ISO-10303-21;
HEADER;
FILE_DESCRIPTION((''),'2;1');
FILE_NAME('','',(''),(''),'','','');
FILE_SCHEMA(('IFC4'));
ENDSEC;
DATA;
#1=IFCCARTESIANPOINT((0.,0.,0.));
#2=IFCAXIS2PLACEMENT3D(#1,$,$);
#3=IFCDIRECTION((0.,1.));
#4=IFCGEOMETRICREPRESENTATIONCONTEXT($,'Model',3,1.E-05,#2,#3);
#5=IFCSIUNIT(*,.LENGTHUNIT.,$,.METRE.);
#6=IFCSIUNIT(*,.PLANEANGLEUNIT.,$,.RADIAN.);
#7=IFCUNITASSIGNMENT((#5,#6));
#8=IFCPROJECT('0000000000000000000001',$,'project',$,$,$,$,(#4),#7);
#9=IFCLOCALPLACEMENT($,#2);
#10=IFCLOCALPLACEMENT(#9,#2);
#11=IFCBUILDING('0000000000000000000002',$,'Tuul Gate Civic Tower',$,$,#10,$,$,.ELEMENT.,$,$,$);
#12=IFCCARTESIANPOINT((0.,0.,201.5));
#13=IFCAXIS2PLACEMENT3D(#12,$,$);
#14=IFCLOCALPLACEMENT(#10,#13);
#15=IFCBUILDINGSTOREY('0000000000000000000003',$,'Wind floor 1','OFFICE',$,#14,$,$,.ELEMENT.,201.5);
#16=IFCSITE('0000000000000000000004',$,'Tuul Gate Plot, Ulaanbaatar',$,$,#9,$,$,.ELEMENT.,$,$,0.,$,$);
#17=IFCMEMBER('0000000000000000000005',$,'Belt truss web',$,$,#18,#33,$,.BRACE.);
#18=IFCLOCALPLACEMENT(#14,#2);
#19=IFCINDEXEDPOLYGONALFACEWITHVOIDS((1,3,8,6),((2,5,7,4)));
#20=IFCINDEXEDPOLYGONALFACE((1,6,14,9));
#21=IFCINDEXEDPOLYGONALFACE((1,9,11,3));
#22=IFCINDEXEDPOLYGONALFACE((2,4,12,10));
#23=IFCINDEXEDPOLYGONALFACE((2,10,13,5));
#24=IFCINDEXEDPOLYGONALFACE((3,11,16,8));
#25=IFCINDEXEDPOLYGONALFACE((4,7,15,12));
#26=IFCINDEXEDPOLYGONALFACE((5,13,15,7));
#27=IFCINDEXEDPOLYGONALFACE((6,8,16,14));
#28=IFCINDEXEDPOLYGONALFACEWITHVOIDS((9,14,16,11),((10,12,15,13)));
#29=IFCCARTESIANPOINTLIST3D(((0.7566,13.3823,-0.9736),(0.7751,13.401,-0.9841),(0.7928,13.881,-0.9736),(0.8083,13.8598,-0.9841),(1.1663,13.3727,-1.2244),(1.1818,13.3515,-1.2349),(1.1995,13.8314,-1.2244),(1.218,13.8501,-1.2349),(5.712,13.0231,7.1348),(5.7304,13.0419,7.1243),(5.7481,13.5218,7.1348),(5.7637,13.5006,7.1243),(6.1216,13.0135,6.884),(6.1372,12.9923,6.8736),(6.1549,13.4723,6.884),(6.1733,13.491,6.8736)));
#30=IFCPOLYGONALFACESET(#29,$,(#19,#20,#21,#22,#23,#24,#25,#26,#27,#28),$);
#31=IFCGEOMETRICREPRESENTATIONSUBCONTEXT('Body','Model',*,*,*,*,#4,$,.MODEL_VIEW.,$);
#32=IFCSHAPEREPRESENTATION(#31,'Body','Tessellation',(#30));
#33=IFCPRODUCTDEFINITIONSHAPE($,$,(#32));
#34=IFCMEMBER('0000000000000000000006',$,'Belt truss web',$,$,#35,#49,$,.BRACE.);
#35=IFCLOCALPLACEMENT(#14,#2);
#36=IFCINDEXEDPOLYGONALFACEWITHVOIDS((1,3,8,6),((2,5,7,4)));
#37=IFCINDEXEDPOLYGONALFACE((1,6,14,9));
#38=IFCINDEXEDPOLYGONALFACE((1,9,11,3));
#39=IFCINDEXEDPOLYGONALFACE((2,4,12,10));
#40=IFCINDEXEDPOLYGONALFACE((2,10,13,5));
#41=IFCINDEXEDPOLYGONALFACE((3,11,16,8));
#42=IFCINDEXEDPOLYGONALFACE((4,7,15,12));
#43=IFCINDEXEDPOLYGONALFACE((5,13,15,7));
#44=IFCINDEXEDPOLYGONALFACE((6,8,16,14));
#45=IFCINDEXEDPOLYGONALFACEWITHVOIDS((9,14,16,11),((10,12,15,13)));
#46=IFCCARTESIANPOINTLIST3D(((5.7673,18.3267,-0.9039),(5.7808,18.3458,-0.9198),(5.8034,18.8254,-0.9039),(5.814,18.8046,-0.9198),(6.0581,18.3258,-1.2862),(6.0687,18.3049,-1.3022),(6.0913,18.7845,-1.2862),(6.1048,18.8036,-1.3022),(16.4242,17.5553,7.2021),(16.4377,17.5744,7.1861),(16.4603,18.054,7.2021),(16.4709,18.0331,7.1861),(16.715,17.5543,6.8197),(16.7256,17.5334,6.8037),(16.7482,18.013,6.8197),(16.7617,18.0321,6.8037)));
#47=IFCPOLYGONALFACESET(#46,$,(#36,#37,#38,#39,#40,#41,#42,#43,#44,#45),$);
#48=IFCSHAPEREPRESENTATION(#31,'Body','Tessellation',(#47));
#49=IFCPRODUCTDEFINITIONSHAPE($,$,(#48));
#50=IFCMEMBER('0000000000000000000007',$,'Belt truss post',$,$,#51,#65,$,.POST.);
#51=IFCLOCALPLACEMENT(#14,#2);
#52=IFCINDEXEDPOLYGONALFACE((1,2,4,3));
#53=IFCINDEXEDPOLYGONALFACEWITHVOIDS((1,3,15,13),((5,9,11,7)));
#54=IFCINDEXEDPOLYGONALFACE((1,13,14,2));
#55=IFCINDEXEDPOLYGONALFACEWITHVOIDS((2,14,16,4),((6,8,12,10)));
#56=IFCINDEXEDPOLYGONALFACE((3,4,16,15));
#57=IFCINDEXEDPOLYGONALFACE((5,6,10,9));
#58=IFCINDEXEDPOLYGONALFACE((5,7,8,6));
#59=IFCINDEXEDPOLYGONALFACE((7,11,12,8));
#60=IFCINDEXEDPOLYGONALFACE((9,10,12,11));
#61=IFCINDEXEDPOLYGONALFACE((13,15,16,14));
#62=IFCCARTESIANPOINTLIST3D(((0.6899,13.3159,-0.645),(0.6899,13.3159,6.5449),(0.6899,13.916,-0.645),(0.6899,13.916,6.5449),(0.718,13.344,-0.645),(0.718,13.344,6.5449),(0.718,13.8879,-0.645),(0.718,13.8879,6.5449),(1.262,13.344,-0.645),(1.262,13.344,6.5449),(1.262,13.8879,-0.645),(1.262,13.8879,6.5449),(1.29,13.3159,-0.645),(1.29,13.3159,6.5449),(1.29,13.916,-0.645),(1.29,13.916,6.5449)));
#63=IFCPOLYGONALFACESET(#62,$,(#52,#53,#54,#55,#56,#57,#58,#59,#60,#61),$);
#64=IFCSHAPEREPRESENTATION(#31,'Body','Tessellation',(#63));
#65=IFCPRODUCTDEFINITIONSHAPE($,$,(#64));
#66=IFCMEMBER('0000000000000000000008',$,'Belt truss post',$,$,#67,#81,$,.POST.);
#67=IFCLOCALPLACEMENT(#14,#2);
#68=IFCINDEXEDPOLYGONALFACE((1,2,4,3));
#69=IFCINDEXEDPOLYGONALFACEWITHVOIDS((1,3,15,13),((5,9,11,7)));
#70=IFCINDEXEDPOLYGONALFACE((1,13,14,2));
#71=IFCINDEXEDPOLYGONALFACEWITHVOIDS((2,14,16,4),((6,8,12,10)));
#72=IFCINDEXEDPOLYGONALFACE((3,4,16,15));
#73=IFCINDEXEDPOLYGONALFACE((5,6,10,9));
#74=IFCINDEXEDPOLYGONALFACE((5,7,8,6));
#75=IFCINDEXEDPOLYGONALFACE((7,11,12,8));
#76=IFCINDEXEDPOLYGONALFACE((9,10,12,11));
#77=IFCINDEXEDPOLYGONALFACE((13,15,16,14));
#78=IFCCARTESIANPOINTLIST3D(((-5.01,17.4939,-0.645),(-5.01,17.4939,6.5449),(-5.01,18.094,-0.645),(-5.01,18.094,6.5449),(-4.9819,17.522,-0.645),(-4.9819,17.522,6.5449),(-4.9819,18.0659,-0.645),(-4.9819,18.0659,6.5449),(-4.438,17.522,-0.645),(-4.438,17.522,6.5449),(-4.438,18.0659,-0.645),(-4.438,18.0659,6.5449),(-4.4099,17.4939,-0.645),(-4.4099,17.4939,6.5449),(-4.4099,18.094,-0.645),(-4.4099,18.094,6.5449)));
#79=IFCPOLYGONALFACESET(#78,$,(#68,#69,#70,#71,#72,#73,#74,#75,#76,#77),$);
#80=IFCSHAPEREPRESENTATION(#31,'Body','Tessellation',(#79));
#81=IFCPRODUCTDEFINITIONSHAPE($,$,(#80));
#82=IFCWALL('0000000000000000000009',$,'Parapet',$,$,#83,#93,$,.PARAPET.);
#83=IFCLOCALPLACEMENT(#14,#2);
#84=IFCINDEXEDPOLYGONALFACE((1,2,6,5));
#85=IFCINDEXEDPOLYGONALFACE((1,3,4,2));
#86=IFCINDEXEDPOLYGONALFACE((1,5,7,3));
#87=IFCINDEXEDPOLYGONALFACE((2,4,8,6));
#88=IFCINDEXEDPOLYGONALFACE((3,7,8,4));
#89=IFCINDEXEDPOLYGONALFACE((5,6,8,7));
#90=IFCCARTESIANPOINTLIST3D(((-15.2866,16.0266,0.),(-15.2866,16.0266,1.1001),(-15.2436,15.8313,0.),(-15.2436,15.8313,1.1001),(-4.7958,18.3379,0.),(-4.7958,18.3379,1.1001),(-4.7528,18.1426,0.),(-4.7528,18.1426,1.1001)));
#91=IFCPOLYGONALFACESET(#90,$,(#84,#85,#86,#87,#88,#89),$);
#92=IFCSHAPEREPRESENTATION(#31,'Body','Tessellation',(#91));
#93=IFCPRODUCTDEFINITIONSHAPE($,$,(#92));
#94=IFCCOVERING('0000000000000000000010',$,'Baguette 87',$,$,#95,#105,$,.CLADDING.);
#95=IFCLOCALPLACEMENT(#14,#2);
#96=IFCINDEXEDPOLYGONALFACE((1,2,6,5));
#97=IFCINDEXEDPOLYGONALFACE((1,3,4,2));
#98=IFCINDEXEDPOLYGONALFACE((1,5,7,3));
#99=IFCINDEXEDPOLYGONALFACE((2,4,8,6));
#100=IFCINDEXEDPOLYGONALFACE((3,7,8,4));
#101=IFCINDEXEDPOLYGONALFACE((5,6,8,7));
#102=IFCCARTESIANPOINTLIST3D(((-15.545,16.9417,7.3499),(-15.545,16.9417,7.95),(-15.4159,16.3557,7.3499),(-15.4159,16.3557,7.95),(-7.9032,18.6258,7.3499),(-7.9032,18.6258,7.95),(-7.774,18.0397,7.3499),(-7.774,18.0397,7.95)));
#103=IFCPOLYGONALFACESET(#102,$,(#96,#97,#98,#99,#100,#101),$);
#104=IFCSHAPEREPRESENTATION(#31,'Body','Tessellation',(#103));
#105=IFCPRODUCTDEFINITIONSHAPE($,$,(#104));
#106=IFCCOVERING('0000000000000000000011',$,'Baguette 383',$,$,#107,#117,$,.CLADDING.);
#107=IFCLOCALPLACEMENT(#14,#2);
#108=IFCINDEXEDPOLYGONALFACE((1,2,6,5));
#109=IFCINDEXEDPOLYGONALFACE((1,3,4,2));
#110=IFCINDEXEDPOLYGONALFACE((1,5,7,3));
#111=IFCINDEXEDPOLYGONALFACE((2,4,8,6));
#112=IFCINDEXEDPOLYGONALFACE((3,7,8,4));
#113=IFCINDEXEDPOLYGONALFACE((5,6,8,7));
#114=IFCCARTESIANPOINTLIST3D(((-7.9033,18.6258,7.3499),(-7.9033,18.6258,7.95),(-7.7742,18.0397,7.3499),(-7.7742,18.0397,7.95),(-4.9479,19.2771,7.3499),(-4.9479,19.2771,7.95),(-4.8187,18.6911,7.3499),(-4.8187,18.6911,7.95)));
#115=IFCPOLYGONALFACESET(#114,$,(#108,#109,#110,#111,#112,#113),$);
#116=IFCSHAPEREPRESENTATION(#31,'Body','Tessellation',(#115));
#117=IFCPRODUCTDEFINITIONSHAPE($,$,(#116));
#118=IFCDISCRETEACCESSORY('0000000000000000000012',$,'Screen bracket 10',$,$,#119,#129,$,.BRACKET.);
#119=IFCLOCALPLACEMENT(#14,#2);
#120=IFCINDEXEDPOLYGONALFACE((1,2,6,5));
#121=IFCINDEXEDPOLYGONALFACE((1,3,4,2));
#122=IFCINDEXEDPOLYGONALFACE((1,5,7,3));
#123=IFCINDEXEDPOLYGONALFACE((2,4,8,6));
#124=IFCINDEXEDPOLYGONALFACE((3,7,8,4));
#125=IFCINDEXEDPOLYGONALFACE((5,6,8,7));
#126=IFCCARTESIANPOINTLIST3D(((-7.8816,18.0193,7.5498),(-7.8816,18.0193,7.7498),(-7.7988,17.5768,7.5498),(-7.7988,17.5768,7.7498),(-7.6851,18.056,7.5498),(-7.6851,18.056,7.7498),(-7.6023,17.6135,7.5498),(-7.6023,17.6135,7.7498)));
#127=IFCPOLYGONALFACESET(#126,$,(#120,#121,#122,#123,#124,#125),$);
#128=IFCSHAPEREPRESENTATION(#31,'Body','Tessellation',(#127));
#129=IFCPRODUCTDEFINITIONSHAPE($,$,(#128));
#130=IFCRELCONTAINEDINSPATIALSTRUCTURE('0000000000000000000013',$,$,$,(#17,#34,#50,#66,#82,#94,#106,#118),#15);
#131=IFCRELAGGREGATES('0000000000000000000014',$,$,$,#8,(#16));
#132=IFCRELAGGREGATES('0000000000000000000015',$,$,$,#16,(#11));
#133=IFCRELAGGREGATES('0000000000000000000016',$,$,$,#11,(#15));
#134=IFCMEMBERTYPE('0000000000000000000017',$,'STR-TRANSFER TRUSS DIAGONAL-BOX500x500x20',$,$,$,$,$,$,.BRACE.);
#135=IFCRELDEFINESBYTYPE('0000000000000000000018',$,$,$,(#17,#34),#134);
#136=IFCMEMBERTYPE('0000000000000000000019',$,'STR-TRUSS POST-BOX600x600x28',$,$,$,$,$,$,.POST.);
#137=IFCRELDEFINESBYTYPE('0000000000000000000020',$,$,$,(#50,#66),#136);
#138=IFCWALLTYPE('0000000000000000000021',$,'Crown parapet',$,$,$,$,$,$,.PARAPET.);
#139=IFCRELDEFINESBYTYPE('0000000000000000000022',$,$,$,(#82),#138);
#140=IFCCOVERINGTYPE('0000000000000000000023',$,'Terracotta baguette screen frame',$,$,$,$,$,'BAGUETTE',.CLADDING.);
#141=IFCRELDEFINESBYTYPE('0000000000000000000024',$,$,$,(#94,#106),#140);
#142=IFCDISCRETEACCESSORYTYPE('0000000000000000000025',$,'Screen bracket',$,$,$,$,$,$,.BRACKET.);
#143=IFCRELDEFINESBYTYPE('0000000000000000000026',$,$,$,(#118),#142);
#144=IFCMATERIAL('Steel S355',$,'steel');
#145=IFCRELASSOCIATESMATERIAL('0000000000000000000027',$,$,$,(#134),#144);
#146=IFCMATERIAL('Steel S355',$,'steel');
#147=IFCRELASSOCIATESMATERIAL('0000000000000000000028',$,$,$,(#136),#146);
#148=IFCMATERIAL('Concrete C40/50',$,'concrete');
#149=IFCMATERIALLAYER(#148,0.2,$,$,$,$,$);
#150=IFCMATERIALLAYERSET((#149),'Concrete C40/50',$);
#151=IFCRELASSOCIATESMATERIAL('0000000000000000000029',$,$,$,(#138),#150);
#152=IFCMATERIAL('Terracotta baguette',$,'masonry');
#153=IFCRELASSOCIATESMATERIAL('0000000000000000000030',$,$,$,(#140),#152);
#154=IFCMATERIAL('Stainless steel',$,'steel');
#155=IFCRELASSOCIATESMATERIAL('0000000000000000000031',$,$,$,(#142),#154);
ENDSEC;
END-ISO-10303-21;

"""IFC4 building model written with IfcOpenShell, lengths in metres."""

from ifc_helpers import new_model, si_unit, direction, frame, frame_2d, origin, origin_2d, place, context, subcontext, project, spatial, rectangle, hollow_rectangle, extrude, material, layer, layer_set, material_profile, profile_set, type_object, element, save


model = new_model("IFC4")

# Units and contexts
model_context = context("Model", 3, precision=1e-05, world=origin(), true_north=direction((0.0, 1.0)))
body_context = subcontext(model_context, "Body", "Model", "MODEL_VIEW")
ifc_project = project(units=[si_unit("LENGTHUNIT", "METRE"), si_unit("PLANEANGLEUNIT", "RADIAN")], contexts=[model_context])

# Site, building, storey
site_placement = place(None, origin())
site = spatial("IfcSite", under=ifc_project, at=site_placement, Name="Tuul Gate Plot, Ulaanbaatar", CompositionType="ELEMENT", RefElevation=0.0)
building_placement = place(site_placement, origin())
building = spatial("IfcBuilding", under=site, at=building_placement, Name="Tuul Gate Civic Tower", CompositionType="ELEMENT")
storey_placement = place(building_placement, frame((0.0, 0.0, 201.5)))
storey = spatial("IfcBuildingStorey", under=building, at=storey_placement, Name="Wind floor 1", Description="OFFICE", CompositionType="ELEMENT", Elevation=201.5)

# Members
ifc_material_1 = material(Name="Steel S355", Category="steel")
ifc_material_profile_1 = material_profile(ifc_material_1, hollow_rectangle(XDim=0.5, YDim=0.5, WallThickness=0.02, at=origin_2d()), Name="BOX500x500x20")
ifc_profile_set_1 = profile_set([ifc_material_profile_1], Name="Steel S355")
member_type_1 = type_object("IfcMemberType", Name="STR-TRANSFER TRUSS DIAGONAL-BOX500x500x20", PredefinedType="BRACE", material=ifc_profile_set_1)
member_1_placement = place(storey_placement, frame((0.9873, 13.6162, -1.1042), z_axis=(0.521093, -0.037766, 0.852664), x_axis=(0.072284, 0.997384, 0.0)))
element("IfcMember", 1, at=member_1_placement, inside=storey, type_object=member_type_1, Name="Belt truss web", PredefinedType="BRACE", context=body_context, shape_type="SweptSolid", body=[
    extrude(hollow_rectangle(XDim=0.5, YDim=0.5, WallThickness=0.02, at=origin_2d()), origin(), (0.0, 0.0, 1.0), 9.5095),
])
member_2_placement = place(storey_placement, frame((5.936, 18.5652, -1.103), z_axis=(0.794605, -0.057523, 0.604396), x_axis=(0.072203, 0.99739, 0.0)))
element("IfcMember", 2, at=member_2_placement, inside=storey, type_object=member_type_1, Name="Belt truss web", PredefinedType="BRACE", context=body_context, shape_type="SweptSolid", body=[
    extrude(hollow_rectangle(XDim=0.5, YDim=0.5, WallThickness=0.02, at=origin_2d()), origin(), (0.0, 0.0, 1.0), 13.4116),
])
ifc_material_2 = material(Name="Steel S355", Category="steel")
ifc_material_profile_2 = material_profile(ifc_material_2, hollow_rectangle(XDim=0.6001, YDim=0.6001, WallThickness=0.0281, at=origin_2d()), Name="BOX600x600x28")
ifc_profile_set_2 = profile_set([ifc_material_profile_2], Name="Steel S355")
member_type_2 = type_object("IfcMemberType", Name="STR-TRUSS POST-BOX600x600x28", PredefinedType="POST", material=ifc_profile_set_2)
for number, where, z_axis, x_axis, name in (
    (3, (0.99, 13.616, -0.645), (0.0, 0.0, 1.0), (1.0, 0.0, 0.0), "Belt truss post"),
    (4, (-4.71, 17.7939, -0.645), (0.0, 0.0, 1.0), (1.0, 0.0, 0.0), "Belt truss post"),
):
    element("IfcMember", number, at=place(storey_placement, frame(where, z_axis=z_axis, x_axis=x_axis)), inside=storey, type_object=member_type_2, Name=name, PredefinedType="POST", context=body_context, shape_type="SweptSolid", body=[
        extrude(hollow_rectangle(XDim=0.6001, YDim=0.6001, WallThickness=0.0281, at=origin_2d()), origin(), (0.0, 0.0, 1.0), 7.1899),
    ])

# Wall
ifc_material_3 = material(Name="Concrete C40/50", Category="concrete")
ifc_layer = layer(ifc_material_3, 0.2)
ifc_layer_set = layer_set([ifc_layer], Name="Concrete C40/50")
wall_type = type_object("IfcWallType", Name="Crown parapet", PredefinedType="PARAPET", material=ifc_layer_set)
wall_placement = place(storey_placement, frame((-4.7744, 18.2402, 0.0), z_axis=(0.0, 0.0, 1.0), x_axis=(-0.97658, -0.215157, 0.0)))
element("IfcWall", 5, at=wall_placement, inside=storey, type_object=wall_type, Name="Parapet", PredefinedType="PARAPET", context=body_context, shape_type="SweptSolid", body=[
    extrude(rectangle(XDim=10.7424, YDim=0.2, at=frame_2d((5.3711, 0.0))), origin(), (0.0, 0.0, 1.0), 1.1001),
])

# Coverings
ifc_material_4 = material(Name="Terracotta baguette", Category="masonry")
ifc_material_profile_3 = material_profile(ifc_material_4, rectangle(XDim=0.6001, YDim=0.6001, at=origin_2d()), Name="Terracotta baguette screen frame")
ifc_profile_set_3 = profile_set([ifc_material_profile_3], Name="Terracotta baguette")
covering_type = type_object("IfcCoveringType", Name="Terracotta baguette screen frame", ElementType="BAGUETTE", PredefinedType="CLADDING", material=ifc_profile_set_3)
covering_1_placement = place(storey_placement, frame((-7.8386, 18.3328, 7.6499), z_axis=(-0.976567, -0.215212, 0.0), x_axis=(0.215212, -0.976567, 0.0)))
element("IfcCovering", 6, at=covering_1_placement, inside=storey, type_object=covering_type, Name="Baguette 87", PredefinedType="CLADDING", context=body_context, shape_type="SweptSolid", body=[
    extrude(rectangle(XDim=0.6001, YDim=0.6001, at=origin_2d()), origin(), (0.0, 0.0, 1.0), 7.8252),
])
covering_2_placement = place(storey_placement, frame((-4.8833, 18.9841, 7.6499), z_axis=(-0.976561, -0.215239, 0.0), x_axis=(0.215239, -0.976561, 0.0)))
element("IfcCovering", 7, at=covering_2_placement, inside=storey, type_object=covering_type, Name="Baguette 383", PredefinedType="CLADDING", context=body_context, shape_type="SweptSolid", body=[
    extrude(rectangle(XDim=0.6001, YDim=0.6001, at=origin_2d()), origin(), (0.0, 0.0, 1.0), 3.0264),
])

# Discrete accessory
ifc_material_5 = material(Name="Stainless steel", Category="steel")
discrete_accessory_type = type_object("IfcDiscreteAccessoryType", Name="Screen bracket", PredefinedType="BRACKET", material=ifc_material_5)
discrete_accessory_placement = place(storey_placement, frame((-7.7419, 17.8164, 7.5498), z_axis=(0.0, 0.0, 1.0), x_axis=(-0.183862, 0.982952, 0.0)))
element("IfcDiscreteAccessory", 8, at=discrete_accessory_placement, inside=storey, type_object=discrete_accessory_type, Name="Screen bracket 10", PredefinedType="BRACKET", context=body_context, shape_type="SweptSolid", body=[
    extrude(rectangle(XDim=0.4502, YDim=0.2, at=origin_2d()), origin(), (0.0, 0.0, 1.0), 0.2),
])

save(model, "model.ifc")
